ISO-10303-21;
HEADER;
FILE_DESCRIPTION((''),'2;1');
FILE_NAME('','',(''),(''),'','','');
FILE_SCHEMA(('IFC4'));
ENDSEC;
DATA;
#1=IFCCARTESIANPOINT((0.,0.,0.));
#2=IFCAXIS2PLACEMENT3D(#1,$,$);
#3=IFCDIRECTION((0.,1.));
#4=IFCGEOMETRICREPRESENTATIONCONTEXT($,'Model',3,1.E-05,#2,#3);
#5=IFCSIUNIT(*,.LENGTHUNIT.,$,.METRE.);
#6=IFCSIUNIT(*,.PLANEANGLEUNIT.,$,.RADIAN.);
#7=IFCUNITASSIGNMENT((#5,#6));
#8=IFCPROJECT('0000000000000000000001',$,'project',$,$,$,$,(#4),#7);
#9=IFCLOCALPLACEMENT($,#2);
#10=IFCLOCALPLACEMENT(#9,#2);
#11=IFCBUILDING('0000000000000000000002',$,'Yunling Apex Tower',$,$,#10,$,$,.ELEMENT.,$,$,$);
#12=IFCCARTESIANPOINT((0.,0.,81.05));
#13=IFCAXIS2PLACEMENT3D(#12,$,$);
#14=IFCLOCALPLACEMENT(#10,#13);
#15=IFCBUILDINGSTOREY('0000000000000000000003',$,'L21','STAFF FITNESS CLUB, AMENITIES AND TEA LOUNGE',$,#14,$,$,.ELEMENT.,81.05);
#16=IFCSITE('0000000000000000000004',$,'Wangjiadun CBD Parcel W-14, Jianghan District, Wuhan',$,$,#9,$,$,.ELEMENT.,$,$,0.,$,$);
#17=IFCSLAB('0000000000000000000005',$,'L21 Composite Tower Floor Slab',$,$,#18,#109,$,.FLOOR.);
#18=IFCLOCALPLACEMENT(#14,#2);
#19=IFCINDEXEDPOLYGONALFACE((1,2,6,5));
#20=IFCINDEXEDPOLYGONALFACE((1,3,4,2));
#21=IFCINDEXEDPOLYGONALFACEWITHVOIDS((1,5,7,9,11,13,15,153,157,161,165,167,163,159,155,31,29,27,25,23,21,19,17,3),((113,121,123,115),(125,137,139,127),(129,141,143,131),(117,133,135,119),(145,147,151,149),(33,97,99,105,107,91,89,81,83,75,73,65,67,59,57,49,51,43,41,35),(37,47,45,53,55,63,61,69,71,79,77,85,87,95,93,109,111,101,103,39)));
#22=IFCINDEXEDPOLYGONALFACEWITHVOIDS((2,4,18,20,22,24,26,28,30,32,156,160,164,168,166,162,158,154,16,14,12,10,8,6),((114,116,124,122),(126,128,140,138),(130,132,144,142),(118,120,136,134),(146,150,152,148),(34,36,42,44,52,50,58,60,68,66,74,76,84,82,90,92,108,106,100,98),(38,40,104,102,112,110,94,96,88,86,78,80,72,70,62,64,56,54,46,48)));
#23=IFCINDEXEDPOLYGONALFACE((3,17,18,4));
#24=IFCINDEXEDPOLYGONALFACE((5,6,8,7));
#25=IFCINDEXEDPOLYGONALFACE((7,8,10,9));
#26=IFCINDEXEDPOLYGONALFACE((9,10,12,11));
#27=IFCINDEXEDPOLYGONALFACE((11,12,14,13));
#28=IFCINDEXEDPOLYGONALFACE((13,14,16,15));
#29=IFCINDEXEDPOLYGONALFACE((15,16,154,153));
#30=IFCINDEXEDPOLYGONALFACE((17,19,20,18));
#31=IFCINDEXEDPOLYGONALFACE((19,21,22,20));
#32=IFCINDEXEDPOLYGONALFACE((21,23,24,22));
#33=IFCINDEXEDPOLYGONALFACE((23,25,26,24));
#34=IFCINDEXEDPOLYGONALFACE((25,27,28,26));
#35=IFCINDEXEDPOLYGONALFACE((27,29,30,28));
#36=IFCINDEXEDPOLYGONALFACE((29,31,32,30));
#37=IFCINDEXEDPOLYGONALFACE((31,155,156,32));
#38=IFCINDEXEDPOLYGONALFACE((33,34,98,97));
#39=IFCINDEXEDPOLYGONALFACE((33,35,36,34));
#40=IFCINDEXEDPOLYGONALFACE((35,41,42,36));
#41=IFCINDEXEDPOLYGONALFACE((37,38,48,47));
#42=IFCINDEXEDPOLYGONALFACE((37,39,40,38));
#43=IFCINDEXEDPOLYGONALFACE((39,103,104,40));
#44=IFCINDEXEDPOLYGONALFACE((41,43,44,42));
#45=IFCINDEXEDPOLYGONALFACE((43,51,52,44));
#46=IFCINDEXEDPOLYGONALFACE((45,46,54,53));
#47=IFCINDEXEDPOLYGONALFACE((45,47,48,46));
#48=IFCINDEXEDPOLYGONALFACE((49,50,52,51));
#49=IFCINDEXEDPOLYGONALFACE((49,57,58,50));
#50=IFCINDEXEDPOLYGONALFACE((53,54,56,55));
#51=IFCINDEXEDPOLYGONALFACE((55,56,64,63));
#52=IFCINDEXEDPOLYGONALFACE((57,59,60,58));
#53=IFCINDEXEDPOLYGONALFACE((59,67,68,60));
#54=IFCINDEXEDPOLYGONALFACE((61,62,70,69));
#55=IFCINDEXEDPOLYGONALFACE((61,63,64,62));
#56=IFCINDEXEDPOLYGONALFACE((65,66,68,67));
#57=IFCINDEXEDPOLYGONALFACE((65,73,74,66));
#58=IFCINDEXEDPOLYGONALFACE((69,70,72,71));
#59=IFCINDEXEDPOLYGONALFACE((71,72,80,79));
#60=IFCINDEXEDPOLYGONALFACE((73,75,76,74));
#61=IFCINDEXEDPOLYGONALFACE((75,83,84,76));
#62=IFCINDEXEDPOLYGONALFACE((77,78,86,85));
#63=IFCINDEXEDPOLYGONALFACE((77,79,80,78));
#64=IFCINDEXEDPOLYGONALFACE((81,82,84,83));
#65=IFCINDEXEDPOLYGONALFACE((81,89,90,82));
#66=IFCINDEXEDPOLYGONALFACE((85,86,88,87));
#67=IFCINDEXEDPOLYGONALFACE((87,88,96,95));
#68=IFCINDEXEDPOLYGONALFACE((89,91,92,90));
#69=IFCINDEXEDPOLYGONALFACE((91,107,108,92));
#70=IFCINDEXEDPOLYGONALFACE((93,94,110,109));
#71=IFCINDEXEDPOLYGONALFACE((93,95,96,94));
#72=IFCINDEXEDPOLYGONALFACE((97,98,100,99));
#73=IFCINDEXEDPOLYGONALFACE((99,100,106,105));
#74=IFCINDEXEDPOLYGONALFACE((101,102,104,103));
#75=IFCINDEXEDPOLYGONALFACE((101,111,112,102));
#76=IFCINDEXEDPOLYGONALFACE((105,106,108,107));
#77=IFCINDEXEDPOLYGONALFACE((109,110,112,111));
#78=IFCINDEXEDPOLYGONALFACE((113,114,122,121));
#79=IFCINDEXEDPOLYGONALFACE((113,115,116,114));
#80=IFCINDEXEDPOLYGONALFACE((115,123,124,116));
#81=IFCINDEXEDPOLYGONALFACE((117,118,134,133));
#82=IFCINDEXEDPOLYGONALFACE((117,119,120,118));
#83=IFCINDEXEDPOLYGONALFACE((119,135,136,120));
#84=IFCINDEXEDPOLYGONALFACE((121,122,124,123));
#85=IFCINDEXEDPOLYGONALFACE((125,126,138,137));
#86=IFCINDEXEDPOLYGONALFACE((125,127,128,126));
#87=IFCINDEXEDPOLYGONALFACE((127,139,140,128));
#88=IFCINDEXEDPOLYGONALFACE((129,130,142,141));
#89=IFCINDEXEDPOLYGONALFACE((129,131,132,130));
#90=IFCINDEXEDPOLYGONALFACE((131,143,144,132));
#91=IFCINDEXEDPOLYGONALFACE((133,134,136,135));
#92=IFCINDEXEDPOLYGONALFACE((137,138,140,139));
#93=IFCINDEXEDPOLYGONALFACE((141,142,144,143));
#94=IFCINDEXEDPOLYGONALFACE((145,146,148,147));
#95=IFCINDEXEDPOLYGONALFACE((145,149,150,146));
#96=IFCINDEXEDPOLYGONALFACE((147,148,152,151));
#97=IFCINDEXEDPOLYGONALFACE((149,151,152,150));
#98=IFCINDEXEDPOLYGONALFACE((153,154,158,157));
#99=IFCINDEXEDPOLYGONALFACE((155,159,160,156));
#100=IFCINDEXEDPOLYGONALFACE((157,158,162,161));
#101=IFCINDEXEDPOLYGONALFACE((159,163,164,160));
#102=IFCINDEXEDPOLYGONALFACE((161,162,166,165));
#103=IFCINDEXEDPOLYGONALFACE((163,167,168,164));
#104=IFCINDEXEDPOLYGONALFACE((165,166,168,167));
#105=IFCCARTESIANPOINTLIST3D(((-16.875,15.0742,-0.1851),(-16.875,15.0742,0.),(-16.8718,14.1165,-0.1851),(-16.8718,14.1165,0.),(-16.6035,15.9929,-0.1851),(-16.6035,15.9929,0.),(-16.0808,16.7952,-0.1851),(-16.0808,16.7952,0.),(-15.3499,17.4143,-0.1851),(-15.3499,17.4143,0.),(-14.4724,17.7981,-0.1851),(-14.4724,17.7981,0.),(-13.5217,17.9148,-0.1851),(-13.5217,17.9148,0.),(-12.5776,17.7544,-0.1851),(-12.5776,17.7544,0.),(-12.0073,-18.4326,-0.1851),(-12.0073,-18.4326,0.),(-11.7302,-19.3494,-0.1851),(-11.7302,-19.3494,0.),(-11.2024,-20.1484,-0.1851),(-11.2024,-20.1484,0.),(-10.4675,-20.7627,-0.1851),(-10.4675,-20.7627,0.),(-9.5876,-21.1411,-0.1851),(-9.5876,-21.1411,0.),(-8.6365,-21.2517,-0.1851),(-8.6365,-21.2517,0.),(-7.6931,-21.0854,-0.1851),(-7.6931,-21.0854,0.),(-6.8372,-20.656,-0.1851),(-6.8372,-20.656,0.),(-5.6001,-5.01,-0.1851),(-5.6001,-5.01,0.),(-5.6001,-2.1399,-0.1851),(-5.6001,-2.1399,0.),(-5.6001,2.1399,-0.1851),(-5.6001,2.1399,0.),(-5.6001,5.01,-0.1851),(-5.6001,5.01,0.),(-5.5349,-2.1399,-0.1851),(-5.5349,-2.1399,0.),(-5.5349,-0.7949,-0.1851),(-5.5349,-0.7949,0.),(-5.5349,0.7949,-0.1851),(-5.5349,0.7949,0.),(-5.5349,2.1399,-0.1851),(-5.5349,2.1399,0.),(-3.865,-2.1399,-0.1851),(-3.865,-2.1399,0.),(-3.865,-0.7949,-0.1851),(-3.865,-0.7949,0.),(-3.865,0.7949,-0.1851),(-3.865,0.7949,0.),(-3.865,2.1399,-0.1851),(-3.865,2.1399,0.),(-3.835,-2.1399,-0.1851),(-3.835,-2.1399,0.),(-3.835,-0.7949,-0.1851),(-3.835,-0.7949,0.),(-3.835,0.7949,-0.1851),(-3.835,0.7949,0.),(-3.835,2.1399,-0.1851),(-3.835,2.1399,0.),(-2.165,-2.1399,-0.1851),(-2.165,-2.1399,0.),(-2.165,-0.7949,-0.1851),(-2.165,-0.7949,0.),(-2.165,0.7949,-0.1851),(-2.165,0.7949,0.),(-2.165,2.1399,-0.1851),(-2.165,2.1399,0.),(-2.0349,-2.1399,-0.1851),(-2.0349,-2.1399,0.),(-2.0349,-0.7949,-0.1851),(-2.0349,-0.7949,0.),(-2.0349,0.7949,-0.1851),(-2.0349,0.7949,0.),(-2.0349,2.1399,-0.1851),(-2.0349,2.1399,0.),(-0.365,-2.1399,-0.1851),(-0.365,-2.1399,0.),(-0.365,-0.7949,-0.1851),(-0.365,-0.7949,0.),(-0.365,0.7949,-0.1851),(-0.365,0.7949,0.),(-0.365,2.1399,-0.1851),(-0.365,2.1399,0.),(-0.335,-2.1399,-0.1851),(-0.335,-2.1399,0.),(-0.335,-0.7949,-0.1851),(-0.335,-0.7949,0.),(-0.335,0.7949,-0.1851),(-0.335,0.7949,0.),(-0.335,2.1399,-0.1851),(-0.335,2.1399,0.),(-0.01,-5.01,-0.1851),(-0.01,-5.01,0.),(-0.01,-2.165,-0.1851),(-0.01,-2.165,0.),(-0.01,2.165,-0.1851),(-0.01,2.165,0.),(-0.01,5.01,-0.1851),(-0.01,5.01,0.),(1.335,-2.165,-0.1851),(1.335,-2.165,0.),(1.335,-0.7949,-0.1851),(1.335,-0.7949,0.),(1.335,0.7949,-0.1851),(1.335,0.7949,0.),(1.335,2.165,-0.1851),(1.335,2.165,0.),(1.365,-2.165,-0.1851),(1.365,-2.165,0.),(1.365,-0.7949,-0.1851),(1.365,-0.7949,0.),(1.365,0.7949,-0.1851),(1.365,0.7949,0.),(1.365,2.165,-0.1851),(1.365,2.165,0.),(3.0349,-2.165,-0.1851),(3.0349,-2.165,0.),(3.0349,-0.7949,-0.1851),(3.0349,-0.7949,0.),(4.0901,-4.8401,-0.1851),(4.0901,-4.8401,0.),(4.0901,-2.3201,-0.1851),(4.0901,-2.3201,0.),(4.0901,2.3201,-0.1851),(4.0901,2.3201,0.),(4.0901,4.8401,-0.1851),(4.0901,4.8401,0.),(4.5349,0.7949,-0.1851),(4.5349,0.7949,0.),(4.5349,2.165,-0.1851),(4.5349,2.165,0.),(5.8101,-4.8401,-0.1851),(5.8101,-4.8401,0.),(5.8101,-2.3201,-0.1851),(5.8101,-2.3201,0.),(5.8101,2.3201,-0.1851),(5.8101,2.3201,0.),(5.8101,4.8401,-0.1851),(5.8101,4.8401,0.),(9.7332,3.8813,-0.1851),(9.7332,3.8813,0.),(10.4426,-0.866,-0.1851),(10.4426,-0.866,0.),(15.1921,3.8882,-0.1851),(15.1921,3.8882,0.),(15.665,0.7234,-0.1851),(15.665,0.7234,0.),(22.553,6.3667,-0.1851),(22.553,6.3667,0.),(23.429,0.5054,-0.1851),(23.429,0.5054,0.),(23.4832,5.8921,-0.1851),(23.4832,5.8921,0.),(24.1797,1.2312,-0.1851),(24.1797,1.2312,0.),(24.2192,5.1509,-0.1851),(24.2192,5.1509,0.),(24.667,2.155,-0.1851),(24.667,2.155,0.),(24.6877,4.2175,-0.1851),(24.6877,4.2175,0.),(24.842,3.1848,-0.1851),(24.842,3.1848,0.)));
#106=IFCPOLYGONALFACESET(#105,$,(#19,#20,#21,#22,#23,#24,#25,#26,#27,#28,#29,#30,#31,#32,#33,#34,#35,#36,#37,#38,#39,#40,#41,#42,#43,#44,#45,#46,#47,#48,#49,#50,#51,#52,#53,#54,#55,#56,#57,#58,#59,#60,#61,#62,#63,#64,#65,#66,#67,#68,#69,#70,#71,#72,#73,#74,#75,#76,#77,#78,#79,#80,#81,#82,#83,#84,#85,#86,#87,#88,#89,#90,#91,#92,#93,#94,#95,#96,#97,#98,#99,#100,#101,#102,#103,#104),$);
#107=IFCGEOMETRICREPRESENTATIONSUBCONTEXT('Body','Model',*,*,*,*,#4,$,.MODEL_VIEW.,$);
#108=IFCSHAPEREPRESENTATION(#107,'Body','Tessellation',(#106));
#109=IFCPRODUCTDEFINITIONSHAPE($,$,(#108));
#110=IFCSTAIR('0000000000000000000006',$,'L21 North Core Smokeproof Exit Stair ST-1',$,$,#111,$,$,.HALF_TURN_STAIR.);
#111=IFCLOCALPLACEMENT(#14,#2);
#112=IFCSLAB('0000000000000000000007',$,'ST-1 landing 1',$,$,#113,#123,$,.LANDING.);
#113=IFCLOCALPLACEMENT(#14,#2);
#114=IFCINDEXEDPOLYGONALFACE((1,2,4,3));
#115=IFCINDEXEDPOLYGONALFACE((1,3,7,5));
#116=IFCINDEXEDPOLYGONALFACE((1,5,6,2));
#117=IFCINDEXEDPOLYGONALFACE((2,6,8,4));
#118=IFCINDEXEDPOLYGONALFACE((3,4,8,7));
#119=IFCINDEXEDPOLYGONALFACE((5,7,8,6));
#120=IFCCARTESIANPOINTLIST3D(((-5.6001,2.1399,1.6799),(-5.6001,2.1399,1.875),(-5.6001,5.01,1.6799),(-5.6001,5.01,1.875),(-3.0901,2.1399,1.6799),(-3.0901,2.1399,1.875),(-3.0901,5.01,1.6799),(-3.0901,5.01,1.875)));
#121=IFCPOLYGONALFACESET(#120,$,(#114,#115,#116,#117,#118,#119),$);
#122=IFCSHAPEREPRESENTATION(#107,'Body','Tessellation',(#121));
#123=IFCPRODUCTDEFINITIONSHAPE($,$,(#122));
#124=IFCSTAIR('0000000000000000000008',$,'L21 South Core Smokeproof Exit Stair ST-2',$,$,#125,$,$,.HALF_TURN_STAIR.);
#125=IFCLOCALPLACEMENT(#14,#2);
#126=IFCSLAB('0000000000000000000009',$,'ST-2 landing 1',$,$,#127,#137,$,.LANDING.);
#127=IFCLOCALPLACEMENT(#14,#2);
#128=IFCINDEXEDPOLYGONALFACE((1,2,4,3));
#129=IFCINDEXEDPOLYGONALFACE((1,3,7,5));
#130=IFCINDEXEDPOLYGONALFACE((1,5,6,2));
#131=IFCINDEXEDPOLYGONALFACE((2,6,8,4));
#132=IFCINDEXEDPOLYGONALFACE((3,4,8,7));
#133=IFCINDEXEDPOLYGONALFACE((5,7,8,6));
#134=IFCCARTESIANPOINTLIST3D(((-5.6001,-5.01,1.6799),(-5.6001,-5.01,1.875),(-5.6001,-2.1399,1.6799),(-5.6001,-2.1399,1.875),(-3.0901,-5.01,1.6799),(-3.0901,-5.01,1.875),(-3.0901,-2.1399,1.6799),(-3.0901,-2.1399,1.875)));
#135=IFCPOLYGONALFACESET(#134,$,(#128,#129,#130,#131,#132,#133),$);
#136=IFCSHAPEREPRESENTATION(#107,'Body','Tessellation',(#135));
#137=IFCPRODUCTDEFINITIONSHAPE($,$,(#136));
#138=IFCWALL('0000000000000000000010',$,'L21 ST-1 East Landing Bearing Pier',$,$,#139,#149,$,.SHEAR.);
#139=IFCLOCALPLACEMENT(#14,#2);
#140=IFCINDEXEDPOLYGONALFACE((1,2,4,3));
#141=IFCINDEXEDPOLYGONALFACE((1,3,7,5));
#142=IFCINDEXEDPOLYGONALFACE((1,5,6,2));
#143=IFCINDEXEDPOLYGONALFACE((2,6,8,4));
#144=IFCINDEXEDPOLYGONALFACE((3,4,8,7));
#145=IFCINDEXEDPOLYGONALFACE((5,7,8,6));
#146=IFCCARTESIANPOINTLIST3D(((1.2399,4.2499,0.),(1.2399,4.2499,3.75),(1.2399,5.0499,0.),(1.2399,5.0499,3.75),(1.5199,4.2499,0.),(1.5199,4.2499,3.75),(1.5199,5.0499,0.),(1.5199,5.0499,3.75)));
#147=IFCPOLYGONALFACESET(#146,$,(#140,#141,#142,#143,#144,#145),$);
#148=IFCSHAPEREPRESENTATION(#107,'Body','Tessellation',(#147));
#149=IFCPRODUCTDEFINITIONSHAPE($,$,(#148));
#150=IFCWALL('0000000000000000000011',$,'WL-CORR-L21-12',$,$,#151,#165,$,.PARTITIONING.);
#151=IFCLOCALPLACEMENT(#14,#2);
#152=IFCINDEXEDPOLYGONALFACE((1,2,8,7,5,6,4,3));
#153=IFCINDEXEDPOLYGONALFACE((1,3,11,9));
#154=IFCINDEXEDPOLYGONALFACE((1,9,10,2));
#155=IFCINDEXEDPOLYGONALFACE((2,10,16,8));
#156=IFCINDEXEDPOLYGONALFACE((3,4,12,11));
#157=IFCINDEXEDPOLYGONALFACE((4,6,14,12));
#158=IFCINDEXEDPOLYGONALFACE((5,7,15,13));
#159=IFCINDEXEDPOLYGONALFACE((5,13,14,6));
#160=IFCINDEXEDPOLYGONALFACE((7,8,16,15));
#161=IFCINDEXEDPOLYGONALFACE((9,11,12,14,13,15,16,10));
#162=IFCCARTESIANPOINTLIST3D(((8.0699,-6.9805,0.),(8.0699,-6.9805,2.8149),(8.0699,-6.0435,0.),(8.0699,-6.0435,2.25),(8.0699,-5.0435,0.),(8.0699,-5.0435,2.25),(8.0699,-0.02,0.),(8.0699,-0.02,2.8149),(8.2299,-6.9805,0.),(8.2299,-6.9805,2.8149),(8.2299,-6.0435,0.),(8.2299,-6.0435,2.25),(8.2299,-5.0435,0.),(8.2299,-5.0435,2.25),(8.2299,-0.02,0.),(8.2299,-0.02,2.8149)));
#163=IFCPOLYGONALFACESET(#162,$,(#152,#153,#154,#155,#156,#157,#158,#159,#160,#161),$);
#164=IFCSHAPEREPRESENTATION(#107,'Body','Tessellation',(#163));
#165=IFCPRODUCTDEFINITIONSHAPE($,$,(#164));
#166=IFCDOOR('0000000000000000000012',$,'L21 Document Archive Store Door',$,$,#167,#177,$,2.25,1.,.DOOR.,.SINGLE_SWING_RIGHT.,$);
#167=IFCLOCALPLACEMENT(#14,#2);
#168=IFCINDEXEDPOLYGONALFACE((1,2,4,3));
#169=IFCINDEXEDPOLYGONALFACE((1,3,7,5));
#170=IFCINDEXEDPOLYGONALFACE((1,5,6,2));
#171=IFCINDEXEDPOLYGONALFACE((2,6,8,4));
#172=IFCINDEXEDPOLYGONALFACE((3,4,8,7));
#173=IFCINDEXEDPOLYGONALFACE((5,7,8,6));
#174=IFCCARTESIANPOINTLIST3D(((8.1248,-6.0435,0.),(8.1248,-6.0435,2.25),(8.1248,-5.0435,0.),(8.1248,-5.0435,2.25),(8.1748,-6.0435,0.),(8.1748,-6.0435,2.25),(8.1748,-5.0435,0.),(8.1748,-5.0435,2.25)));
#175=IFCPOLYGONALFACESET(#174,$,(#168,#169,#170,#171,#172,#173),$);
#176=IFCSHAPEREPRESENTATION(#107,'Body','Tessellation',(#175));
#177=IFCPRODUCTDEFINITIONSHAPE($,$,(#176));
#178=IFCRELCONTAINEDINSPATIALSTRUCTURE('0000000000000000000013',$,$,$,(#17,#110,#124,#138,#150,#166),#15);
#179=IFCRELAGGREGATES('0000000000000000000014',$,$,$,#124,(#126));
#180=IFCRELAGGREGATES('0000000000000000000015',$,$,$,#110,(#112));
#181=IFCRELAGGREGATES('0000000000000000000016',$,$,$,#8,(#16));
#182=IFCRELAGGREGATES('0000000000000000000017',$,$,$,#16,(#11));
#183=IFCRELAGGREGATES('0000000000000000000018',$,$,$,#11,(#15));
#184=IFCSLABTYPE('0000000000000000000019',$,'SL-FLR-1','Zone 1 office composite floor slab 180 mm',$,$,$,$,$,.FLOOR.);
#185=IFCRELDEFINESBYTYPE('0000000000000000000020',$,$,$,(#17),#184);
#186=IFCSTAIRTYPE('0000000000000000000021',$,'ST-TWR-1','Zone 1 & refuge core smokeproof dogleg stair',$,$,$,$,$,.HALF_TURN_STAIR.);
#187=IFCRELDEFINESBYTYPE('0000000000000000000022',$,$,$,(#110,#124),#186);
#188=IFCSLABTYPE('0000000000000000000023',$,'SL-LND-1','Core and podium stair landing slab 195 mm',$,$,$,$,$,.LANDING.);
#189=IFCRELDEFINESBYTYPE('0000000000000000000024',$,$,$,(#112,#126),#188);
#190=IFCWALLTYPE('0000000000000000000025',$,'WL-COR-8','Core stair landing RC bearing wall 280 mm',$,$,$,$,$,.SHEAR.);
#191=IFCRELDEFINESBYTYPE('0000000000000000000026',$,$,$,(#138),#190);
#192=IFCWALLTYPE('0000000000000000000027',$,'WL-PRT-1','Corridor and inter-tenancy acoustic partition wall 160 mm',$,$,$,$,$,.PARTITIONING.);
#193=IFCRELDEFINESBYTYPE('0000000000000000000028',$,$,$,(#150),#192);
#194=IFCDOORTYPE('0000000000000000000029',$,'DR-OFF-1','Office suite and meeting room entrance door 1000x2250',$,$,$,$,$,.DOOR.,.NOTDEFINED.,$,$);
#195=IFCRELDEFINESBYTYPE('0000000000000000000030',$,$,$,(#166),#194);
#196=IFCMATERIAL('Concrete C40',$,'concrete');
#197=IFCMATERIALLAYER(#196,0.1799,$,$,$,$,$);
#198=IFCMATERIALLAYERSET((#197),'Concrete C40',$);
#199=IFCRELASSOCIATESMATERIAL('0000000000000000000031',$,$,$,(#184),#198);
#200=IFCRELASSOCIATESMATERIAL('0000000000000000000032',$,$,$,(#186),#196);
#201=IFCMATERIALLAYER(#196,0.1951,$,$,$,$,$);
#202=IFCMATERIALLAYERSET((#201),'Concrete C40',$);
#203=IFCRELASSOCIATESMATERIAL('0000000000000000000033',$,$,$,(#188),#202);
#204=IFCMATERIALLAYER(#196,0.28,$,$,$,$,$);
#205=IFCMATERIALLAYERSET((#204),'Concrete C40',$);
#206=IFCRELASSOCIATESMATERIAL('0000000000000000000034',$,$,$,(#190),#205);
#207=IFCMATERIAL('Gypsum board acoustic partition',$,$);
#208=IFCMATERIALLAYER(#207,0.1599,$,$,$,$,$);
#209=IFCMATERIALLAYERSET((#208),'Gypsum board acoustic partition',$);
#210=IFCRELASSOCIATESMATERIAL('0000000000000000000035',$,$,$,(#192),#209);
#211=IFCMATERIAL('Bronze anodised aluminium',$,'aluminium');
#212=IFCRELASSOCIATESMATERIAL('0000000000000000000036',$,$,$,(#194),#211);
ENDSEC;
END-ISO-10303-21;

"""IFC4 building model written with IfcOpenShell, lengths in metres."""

from ifc_helpers import new_model, si_unit, direction, frame, frame_2d, origin, place, context, subcontext, project, spatial, polyline, rectangle, outline, extrude, material, layer, layer_set, type_object, element, fill, aggregate, save


model = new_model("IFC4")

# Units and contexts
model_context = context("Model", 3, precision=1e-05, world=origin(), true_north=direction((0.0, 1.0)))
body_context = subcontext(model_context, "Body", "Model", "MODEL_VIEW")
ifc_project = project(units=[si_unit("LENGTHUNIT", "METRE"), si_unit("PLANEANGLEUNIT", "RADIAN")], contexts=[model_context])

# Site, building, storey
site_placement = place(None, origin())
site = spatial("IfcSite", under=ifc_project, at=site_placement, Name="Wangjiadun CBD Parcel W-14, Jianghan District, Wuhan", CompositionType="ELEMENT", RefElevation=0.0)
building_placement = place(site_placement, origin())
building = spatial("IfcBuilding", under=site, at=building_placement, Name="Yunling Apex Tower", CompositionType="ELEMENT")
storey_placement = place(building_placement, frame((0.0, 0.0, 81.05)))
storey = spatial("IfcBuildingStorey", under=building, at=storey_placement, Name="L21", Description="STAFF FITNESS CLUB, AMENITIES AND TEA LOUNGE", CompositionType="ELEMENT", Elevation=81.05)

# Slab
ifc_material_1 = material(Name="Concrete C40", Category="concrete")
ifc_layer_1 = layer(ifc_material_1, 0.1799)
ifc_layer_set_1 = layer_set([ifc_layer_1], Name="Concrete C40")
slab_type_1 = type_object("IfcSlabType", Name="SL-FLR-1", Description="Zone 1 office composite floor slab 180 mm", PredefinedType="FLOOR", material=ifc_layer_set_1)
slab_1_placement = place(storey_placement, frame((0.0, 0.0, -0.1851)))
element("IfcSlab", 1, at=slab_1_placement, inside=storey, type_object=slab_type_1, Name="L21 Composite Tower Floor Slab", PredefinedType="FLOOR", context=body_context, shape_type="SweptSolid", body=[
    extrude(outline(polyline([(-12.0073, -18.4326), (-11.7302, -19.3494), (-11.2024, -20.1484), (-10.4675, -20.7627), (-9.5876, -21.1411), (-8.6365, -21.2517), (-7.6931, -21.0854), (-6.8372, -20.656), (23.429, 0.5054), (24.1797, 1.2312), (24.667, 2.155), (24.842, 3.1848), (24.6877, 4.2175), (24.2192, 5.1509), (23.4832, 5.8921), (22.553, 6.3667), (-12.5776, 17.7544), (-13.5217, 17.9148), (-14.4724, 17.7981), (-15.3499, 17.4143), (-16.0808, 16.7952), (-16.6035, 15.9929), (-16.875, 15.0742), (-16.8718, 14.1165), (-12.0073, -18.4326)]), holes=[polyline([(15.1921, 3.8882), (15.665, 0.7234), (10.4426, -0.866), (9.7332, 3.8813), (15.1921, 3.8882)]), polyline([(5.8101, -2.3201), (5.8101, -4.8401), (4.0901, -4.8401), (4.0901, -2.3201), (5.8101, -2.3201)]), polyline([(5.8101, 4.8401), (5.8101, 2.3201), (4.0901, 2.3201), (4.0901, 4.8401), (5.8101, 4.8401)]), polyline([(4.5349, 0.7949), (1.365, 0.7949), (1.365, 2.165), (4.5349, 2.165), (4.5349, 0.7949)]), polyline([(3.0349, -0.7949), (3.0349, -2.165), (1.365, -2.165), (1.365, -0.7949), (3.0349, -0.7949)]), polyline([(-3.865, -0.7949), (-3.865, -2.1399), (-3.835, -2.1399), (-3.835, -0.7949), (-2.165, -0.7949), (-2.165, -2.1399), (-2.0349, -2.1399), (-2.0349, -0.7949), (-0.365, -0.7949), (-0.365, -2.1399), (-0.335, -2.1399), (-0.335, -0.7949), (1.335, -0.7949), (1.335, -2.165), (-0.01, -2.165), (-0.01, -5.01), (-5.6001, -5.01), (-5.6001, -2.1399), (-5.5349, -2.1399), (-5.5349, -0.7949), (-3.865, -0.7949)]), polyline([(-5.6001, 2.1399), (-5.6001, 5.01), (-0.01, 5.01), (-0.01, 2.165), (1.335, 2.165), (1.335, 0.7949), (-0.335, 0.7949), (-0.335, 2.1399), (-0.365, 2.1399), (-0.365, 0.7949), (-2.0349, 0.7949), (-2.0349, 2.1399), (-2.165, 2.1399), (-2.165, 0.7949), (-3.835, 0.7949), (-3.835, 2.1399), (-3.865, 2.1399), (-3.865, 0.7949), (-5.5349, 0.7949), (-5.5349, 2.1399), (-5.6001, 2.1399)])]), origin(), (0.0, 0.0, 1.0), 0.1851),
])

# Stairs, slabs
stair_type = type_object("IfcStairType", Name="ST-TWR-1", Description="Zone 1 & refuge core smokeproof dogleg stair", PredefinedType="HALF_TURN_STAIR", material=ifc_material_1)
stair_1_placement = place(storey_placement, origin())
stair_1 = element("IfcStair", 2, at=stair_1_placement, inside=storey, type_object=stair_type, Name="L21 North Core Smokeproof Exit Stair ST-1", PredefinedType="HALF_TURN_STAIR")
ifc_layer_2 = layer(ifc_material_1, 0.1951)
ifc_layer_set_2 = layer_set([ifc_layer_2], Name="Concrete C40")
slab_type_2 = type_object("IfcSlabType", Name="SL-LND-1", Description="Core and podium stair landing slab 195 mm", PredefinedType="LANDING", material=ifc_layer_set_2)
slab_2_placement = place(storey_placement, frame((0.0, 0.0, 1.6799)))
slab_2 = element("IfcSlab", 3, at=slab_2_placement, type_object=slab_type_2, Name="ST-1 landing 1", PredefinedType="LANDING", context=body_context, shape_type="SweptSolid", body=[
    extrude(outline(polyline([(-3.0901, 5.01), (-5.6001, 5.01), (-5.6001, 2.1399), (-3.0901, 2.1399), (-3.0901, 5.01)])), origin(), (0.0, 0.0, 1.0), 0.1951),
])
stair_2_placement = place(storey_placement, origin())
stair_2 = element("IfcStair", 4, at=stair_2_placement, inside=storey, type_object=stair_type, Name="L21 South Core Smokeproof Exit Stair ST-2", PredefinedType="HALF_TURN_STAIR")
slab_3_placement = place(storey_placement, frame((0.0, 0.0, 1.6799)))
slab_3 = element("IfcSlab", 5, at=slab_3_placement, type_object=slab_type_2, Name="ST-2 landing 1", PredefinedType="LANDING", context=body_context, shape_type="SweptSolid", body=[
    extrude(outline(polyline([(-3.0901, -2.1399), (-5.6001, -2.1399), (-5.6001, -5.01), (-3.0901, -5.01), (-3.0901, -2.1399)])), origin(), (0.0, 0.0, 1.0), 0.1951),
])
aggregate(stair_2, [slab_3])

# Wall
ifc_layer_3 = layer(ifc_material_1, 0.28)
ifc_layer_set_3 = layer_set([ifc_layer_3], Name="Concrete C40")
wall_type_1 = type_object("IfcWallType", Name="WL-COR-8", Description="Core stair landing RC bearing wall 280 mm", PredefinedType="SHEAR", material=ifc_layer_set_3)
wall_1_placement = place(storey_placement, frame((1.3799, 4.25, 0.0), z_axis=(0.0, 0.0, 1.0), x_axis=(0.0, 1.0, 0.0)))
element("IfcWall", 6, at=wall_1_placement, inside=storey, type_object=wall_type_1, Name="L21 ST-1 East Landing Bearing Pier", PredefinedType="SHEAR", context=body_context, shape_type="SweptSolid", body=[
    extrude(rectangle(XDim=0.8, YDim=0.28, at=frame_2d((0.3999, 0.0))), origin(), (0.0, 0.0, 1.0), 3.75),
])

# Wall, opening, door
ifc_material_2 = material(Name="Gypsum board acoustic partition")
ifc_layer_4 = layer(ifc_material_2, 0.1599)
ifc_layer_set_4 = layer_set([ifc_layer_4], Name="Gypsum board acoustic partition")
wall_type_2 = type_object("IfcWallType", Name="WL-PRT-1", Description="Corridor and inter-tenancy acoustic partition wall 160 mm", PredefinedType="PARTITIONING", material=ifc_layer_set_4)
wall_2_placement = place(storey_placement, frame((8.1499, -0.02, 0.0), z_axis=(0.0, 0.0, 1.0), x_axis=(0.0, -1.0, 0.0)))
wall_2 = element("IfcWall", 7, at=wall_2_placement, inside=storey, type_object=wall_type_2, Name="WL-CORR-L21-12", PredefinedType="PARTITIONING", context=body_context, shape_type="SweptSolid", body=[
    extrude(rectangle(XDim=6.9604, YDim=0.1599, at=frame_2d((3.4802, 0.0))), origin(), (0.0, 0.0, 1.0), 2.8149),
])
opening_1_placement = place(wall_2_placement, frame((5.0234, 0.0, 0.0)))
opening_1 = element("IfcOpeningElement", 8, at=opening_1_placement, cuts=wall_2, PredefinedType="OPENING", context=body_context, shape_type="SweptSolid", body=[
    extrude(rectangle(XDim=1.0, YDim=2.25, at=frame_2d((0.5, 1.125))), frame((0.0, 0.0898, 0.0), z_axis=(0.0, -1.0, 0.0), x_axis=(1.0, 0.0, 0.0)), (0.0, 0.0, 1.0), 0.1799),
])
ifc_material_3 = material(Name="Bronze anodised aluminium", Category="aluminium")
door_type_1 = type_object("IfcDoorType", Name="DR-OFF-1", Description="Office suite and meeting room entrance door 1000x2250", OperationType="NOTDEFINED", PredefinedType="DOOR", material=ifc_material_3)
door_1_placement = place(opening_1_placement, origin())
door_1 = element("IfcDoor", 9, at=door_1_placement, inside=storey, type_object=door_type_1, Name="L21 Document Archive Store Door", OperationType="SINGLE_SWING_RIGHT", OverallHeight=2.25, OverallWidth=1.0, PredefinedType="DOOR", context=body_context, shape_type="SweptSolid", body=[
    extrude(rectangle(XDim=1.0, YDim=2.25, at=frame_2d((0.5, 1.125))), frame((0.0, 0.0249, 0.0), z_axis=(0.0, -1.0, 0.0), x_axis=(1.0, 0.0, 0.0)), (0.0, 0.0, 1.0), 0.05),
])
fill(opening_1, door_1)

aggregate(stair_1, [slab_2])

save(model, "model.ifc")
